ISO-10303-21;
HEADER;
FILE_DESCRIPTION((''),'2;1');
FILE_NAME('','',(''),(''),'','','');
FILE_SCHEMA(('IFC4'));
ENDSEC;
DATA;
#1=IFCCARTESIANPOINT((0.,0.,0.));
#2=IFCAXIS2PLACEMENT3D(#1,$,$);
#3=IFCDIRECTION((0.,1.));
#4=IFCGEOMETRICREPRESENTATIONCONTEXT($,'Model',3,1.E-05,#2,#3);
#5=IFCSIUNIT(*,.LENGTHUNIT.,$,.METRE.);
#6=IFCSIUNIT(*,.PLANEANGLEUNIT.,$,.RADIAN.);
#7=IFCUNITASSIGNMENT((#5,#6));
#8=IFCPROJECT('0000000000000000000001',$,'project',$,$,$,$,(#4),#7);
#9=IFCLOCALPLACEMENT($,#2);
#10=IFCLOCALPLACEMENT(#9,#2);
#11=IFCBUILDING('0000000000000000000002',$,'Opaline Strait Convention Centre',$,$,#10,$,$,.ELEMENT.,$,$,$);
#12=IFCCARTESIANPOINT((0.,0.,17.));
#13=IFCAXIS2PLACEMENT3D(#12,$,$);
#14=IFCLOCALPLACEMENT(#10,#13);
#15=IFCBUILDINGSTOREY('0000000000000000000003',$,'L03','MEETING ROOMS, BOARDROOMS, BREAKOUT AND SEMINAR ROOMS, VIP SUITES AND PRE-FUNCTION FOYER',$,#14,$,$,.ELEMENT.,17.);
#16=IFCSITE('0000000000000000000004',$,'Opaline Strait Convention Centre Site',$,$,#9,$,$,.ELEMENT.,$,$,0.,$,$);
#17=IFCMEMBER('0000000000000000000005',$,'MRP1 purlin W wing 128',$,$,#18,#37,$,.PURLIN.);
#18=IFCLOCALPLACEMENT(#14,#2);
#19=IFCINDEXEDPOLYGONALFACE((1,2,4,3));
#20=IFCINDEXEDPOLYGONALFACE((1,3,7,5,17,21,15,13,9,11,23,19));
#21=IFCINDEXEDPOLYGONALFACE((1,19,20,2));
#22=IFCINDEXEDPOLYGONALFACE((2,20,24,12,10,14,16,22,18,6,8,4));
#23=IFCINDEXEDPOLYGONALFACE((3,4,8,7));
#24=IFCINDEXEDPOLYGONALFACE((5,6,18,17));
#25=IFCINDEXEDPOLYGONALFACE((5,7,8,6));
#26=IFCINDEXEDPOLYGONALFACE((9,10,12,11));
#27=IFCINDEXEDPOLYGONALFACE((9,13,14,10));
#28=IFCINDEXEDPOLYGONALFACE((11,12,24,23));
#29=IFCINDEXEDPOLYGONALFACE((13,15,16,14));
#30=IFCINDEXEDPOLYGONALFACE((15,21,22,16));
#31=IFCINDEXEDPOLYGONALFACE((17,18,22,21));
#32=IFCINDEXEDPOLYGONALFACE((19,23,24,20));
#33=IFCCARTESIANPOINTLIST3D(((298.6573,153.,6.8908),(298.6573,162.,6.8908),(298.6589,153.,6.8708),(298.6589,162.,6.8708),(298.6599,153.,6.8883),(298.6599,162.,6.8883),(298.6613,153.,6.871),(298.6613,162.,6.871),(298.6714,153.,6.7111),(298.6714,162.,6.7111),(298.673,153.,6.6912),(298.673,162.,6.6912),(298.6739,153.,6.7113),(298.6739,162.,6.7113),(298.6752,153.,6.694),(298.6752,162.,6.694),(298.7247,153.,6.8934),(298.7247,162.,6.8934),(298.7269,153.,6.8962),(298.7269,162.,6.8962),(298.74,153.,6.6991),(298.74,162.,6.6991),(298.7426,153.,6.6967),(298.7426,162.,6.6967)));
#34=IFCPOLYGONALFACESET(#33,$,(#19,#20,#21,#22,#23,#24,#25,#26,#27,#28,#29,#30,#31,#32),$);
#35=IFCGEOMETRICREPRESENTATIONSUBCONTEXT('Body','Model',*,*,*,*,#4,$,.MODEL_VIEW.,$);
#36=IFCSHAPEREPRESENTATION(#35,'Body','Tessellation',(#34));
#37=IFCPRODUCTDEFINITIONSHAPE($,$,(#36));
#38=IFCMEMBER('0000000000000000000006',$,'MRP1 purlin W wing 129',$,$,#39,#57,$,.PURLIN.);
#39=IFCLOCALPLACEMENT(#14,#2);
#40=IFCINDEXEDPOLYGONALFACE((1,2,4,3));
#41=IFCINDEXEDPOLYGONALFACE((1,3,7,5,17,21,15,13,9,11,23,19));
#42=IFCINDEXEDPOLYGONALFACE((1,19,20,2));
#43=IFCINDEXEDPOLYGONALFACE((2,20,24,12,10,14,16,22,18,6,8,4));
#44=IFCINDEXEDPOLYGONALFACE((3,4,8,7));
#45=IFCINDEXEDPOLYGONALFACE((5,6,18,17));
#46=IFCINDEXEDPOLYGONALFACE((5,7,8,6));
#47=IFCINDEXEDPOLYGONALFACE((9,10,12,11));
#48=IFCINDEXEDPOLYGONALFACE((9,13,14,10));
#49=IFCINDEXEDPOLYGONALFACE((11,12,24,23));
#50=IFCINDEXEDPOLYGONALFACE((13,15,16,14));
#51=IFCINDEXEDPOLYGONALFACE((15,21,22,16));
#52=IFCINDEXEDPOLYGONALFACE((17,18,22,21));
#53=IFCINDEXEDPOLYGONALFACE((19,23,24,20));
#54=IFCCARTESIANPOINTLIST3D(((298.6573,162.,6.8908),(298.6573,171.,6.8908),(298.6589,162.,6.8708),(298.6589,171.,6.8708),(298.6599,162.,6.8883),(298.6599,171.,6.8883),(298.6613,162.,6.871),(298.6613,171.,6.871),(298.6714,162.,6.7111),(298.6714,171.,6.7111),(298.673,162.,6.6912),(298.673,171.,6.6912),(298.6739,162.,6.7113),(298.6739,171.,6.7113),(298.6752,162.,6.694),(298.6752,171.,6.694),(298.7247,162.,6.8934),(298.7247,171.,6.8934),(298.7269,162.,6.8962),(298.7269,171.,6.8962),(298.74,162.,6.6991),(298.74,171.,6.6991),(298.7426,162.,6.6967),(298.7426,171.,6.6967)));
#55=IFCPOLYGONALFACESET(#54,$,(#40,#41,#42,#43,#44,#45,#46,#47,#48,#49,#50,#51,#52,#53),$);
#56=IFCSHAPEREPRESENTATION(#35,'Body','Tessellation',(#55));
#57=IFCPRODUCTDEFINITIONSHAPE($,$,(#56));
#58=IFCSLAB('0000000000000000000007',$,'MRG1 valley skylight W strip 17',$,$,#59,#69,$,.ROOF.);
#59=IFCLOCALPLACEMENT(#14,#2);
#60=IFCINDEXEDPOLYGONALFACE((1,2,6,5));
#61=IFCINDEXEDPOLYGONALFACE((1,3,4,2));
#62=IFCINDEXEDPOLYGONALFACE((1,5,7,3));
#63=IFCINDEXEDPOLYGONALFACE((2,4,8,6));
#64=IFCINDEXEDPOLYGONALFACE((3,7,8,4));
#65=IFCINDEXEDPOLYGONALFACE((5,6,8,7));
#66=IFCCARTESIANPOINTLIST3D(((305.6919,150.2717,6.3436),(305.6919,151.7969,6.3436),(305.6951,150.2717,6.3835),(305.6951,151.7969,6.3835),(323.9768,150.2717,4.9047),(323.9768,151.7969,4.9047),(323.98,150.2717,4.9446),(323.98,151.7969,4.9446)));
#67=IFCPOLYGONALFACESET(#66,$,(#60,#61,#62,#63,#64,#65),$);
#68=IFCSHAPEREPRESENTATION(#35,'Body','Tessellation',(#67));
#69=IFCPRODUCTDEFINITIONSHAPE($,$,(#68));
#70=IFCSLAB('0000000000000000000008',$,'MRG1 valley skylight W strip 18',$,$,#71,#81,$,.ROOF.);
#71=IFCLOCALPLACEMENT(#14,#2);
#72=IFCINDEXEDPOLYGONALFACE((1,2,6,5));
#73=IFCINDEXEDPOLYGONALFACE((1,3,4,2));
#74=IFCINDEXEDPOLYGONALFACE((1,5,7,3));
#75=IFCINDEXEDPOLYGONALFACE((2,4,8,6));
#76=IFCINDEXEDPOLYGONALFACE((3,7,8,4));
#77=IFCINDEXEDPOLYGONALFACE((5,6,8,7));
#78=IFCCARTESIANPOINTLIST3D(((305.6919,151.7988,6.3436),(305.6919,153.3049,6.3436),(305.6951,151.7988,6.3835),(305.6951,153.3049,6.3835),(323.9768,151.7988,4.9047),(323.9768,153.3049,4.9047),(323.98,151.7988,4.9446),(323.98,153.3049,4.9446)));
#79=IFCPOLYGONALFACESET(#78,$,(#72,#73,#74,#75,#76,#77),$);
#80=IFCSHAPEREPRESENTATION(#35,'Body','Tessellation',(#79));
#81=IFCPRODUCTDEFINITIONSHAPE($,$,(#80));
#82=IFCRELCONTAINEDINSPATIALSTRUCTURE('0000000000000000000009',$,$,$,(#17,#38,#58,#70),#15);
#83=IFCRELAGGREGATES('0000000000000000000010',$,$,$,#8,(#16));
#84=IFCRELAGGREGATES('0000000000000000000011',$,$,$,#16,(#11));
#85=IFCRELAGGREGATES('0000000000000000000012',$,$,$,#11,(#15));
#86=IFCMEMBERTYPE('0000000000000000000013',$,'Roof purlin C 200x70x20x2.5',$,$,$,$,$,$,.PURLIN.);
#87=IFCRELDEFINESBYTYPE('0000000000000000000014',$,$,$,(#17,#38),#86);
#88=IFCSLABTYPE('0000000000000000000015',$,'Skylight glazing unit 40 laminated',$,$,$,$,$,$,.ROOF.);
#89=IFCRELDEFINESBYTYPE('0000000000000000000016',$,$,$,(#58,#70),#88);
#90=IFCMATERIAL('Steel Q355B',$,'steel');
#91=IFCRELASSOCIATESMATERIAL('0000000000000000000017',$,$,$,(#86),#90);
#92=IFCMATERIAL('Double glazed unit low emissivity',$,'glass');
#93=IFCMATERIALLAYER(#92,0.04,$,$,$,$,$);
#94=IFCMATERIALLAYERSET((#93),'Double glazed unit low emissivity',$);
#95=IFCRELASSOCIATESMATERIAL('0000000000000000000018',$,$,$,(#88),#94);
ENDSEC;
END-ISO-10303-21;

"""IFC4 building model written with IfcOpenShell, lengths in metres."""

from ifc_helpers import new_model, si_unit, direction, frame, origin, place, context, subcontext, project, spatial, polyline, outline, extrude, material, layer, layer_set, material_profile, profile_set, type_object, element, save


model = new_model("IFC4")

# Units and contexts
model_context = context("Model", 3, precision=1e-05, world=origin(), true_north=direction((0.0, 1.0)))
body_context = subcontext(model_context, "Body", "Model", "MODEL_VIEW")
ifc_project = project(units=[si_unit("LENGTHUNIT", "METRE"), si_unit("PLANEANGLEUNIT", "RADIAN")], contexts=[model_context])

# Site, building, storey
site_placement = place(None, origin())
site = spatial("IfcSite", under=ifc_project, at=site_placement, Name="Opaline Strait Convention Centre Site", CompositionType="ELEMENT", RefElevation=0.0)
building_placement = place(site_placement, origin())
building = spatial("IfcBuilding", under=site, at=building_placement, Name="Opaline Strait Convention Centre", CompositionType="ELEMENT")
storey_placement = place(building_placement, frame((0.0, 0.0, 17.0)))
storey = spatial("IfcBuildingStorey", under=building, at=storey_placement, Name="L03", Description="MEETING ROOMS, BOARDROOMS, BREAKOUT AND SEMINAR ROOMS, VIP SUITES AND PRE-FUNCTION FOYER", CompositionType="ELEMENT", Elevation=17.0)

# Members
ifc_material_1 = material(Name="Steel Q355B", Category="steel")
ifc_material_profile = material_profile(ifc_material_1, outline(polyline([(-0.0349, -0.1001), (0.0349, -0.1001), (0.0349, -0.0801), (0.0325, -0.0801), (0.0325, -0.0974), (-0.0325, -0.0974), (-0.0325, 0.0974), (0.0325, 0.0974), (0.0325, 0.0801), (0.0349, 0.0801), (0.0349, 0.1001), (-0.0349, 0.1001), (-0.0349, -0.1001)])), Name="C 200x70x20x2.5")
ifc_profile_set = profile_set([ifc_material_profile], Name="Steel Q355B")
member_type = type_object("IfcMemberType", Name="Roof purlin C 200x70x20x2.5", PredefinedType="PURLIN", material=ifc_profile_set)
for number, where, z_axis, x_axis, name in (
    (1, (298.7, 153.0, 6.7937), (0.0, 1.0, 0.0), (-0.996917, 0.0, -0.078459), "MRP1 purlin W wing 128"),
    (2, (298.7, 162.0, 6.7937), (0.0, 1.0, 0.0), (-0.996917, 0.0, -0.078459), "MRP1 purlin W wing 129"),
):
    element("IfcMember", number, at=place(storey_placement, frame(where, z_axis=z_axis, x_axis=x_axis)), inside=storey, type_object=member_type, Name=name, PredefinedType="PURLIN", context=body_context, shape_type="SweptSolid", body=[
        extrude(outline(polyline([(-0.0349, -0.1001), (0.0349, -0.1001), (0.0349, -0.0801), (0.0325, -0.0801), (0.0325, -0.0974), (-0.0325, -0.0974), (-0.0325, 0.0974), (0.0325, 0.0974), (0.0325, 0.0801), (0.0349, 0.0801), (0.0349, 0.1001), (-0.0349, 0.1001), (-0.0349, -0.1001)])), origin(), (0.0, 0.0, 1.0), 9.0),
    ])

# Slabs
ifc_material_2 = material(Name="Double glazed unit low emissivity", Category="glass")
ifc_layer_1 = layer(ifc_material_2, 0.04)
ifc_layer_set_1 = layer_set([ifc_layer_1], Name="Double glazed unit low emissivity")
slab_type = type_object("IfcSlabType", Name="Skylight glazing unit 40 laminated", PredefinedType="ROOF", material=ifc_layer_set_1)
slab_1_placement = place(storey_placement, frame((305.6951, 150.2717, 6.3835), z_axis=(0.078454, 0.0, 0.996918), x_axis=(0.996918, 0.0, -0.078454)))
element("IfcSlab", 3, at=slab_1_placement, inside=storey, type_object=slab_type, Name="MRG1 valley skylight W strip 17", PredefinedType="ROOF", context=body_context, shape_type="SweptSolid", body=[
    extrude(outline(polyline([(0.0, 0.0), (18.3414, 0.0), (18.3414, 1.5251), (0.0, 1.5251), (0.0, 0.0)])), origin(), (0.0, 0.0, -1.0), 0.04),
])
slab_2_placement = place(storey_placement, frame((305.6951, 151.7988, 6.3835), z_axis=(0.078454, 0.0, 0.996918), x_axis=(0.996918, 0.0, -0.078454)))
element("IfcSlab", 4, at=slab_2_placement, inside=storey, type_object=slab_type, Name="MRG1 valley skylight W strip 18", PredefinedType="ROOF", context=body_context, shape_type="SweptSolid", body=[
    extrude(outline(polyline([(0.0, 0.0), (18.3414, 0.0), (18.3414, 1.5061), (0.0, 1.5061), (0.0, 0.0)])), origin(), (0.0, 0.0, -1.0), 0.04),
])

save(model, "model.ifc")
